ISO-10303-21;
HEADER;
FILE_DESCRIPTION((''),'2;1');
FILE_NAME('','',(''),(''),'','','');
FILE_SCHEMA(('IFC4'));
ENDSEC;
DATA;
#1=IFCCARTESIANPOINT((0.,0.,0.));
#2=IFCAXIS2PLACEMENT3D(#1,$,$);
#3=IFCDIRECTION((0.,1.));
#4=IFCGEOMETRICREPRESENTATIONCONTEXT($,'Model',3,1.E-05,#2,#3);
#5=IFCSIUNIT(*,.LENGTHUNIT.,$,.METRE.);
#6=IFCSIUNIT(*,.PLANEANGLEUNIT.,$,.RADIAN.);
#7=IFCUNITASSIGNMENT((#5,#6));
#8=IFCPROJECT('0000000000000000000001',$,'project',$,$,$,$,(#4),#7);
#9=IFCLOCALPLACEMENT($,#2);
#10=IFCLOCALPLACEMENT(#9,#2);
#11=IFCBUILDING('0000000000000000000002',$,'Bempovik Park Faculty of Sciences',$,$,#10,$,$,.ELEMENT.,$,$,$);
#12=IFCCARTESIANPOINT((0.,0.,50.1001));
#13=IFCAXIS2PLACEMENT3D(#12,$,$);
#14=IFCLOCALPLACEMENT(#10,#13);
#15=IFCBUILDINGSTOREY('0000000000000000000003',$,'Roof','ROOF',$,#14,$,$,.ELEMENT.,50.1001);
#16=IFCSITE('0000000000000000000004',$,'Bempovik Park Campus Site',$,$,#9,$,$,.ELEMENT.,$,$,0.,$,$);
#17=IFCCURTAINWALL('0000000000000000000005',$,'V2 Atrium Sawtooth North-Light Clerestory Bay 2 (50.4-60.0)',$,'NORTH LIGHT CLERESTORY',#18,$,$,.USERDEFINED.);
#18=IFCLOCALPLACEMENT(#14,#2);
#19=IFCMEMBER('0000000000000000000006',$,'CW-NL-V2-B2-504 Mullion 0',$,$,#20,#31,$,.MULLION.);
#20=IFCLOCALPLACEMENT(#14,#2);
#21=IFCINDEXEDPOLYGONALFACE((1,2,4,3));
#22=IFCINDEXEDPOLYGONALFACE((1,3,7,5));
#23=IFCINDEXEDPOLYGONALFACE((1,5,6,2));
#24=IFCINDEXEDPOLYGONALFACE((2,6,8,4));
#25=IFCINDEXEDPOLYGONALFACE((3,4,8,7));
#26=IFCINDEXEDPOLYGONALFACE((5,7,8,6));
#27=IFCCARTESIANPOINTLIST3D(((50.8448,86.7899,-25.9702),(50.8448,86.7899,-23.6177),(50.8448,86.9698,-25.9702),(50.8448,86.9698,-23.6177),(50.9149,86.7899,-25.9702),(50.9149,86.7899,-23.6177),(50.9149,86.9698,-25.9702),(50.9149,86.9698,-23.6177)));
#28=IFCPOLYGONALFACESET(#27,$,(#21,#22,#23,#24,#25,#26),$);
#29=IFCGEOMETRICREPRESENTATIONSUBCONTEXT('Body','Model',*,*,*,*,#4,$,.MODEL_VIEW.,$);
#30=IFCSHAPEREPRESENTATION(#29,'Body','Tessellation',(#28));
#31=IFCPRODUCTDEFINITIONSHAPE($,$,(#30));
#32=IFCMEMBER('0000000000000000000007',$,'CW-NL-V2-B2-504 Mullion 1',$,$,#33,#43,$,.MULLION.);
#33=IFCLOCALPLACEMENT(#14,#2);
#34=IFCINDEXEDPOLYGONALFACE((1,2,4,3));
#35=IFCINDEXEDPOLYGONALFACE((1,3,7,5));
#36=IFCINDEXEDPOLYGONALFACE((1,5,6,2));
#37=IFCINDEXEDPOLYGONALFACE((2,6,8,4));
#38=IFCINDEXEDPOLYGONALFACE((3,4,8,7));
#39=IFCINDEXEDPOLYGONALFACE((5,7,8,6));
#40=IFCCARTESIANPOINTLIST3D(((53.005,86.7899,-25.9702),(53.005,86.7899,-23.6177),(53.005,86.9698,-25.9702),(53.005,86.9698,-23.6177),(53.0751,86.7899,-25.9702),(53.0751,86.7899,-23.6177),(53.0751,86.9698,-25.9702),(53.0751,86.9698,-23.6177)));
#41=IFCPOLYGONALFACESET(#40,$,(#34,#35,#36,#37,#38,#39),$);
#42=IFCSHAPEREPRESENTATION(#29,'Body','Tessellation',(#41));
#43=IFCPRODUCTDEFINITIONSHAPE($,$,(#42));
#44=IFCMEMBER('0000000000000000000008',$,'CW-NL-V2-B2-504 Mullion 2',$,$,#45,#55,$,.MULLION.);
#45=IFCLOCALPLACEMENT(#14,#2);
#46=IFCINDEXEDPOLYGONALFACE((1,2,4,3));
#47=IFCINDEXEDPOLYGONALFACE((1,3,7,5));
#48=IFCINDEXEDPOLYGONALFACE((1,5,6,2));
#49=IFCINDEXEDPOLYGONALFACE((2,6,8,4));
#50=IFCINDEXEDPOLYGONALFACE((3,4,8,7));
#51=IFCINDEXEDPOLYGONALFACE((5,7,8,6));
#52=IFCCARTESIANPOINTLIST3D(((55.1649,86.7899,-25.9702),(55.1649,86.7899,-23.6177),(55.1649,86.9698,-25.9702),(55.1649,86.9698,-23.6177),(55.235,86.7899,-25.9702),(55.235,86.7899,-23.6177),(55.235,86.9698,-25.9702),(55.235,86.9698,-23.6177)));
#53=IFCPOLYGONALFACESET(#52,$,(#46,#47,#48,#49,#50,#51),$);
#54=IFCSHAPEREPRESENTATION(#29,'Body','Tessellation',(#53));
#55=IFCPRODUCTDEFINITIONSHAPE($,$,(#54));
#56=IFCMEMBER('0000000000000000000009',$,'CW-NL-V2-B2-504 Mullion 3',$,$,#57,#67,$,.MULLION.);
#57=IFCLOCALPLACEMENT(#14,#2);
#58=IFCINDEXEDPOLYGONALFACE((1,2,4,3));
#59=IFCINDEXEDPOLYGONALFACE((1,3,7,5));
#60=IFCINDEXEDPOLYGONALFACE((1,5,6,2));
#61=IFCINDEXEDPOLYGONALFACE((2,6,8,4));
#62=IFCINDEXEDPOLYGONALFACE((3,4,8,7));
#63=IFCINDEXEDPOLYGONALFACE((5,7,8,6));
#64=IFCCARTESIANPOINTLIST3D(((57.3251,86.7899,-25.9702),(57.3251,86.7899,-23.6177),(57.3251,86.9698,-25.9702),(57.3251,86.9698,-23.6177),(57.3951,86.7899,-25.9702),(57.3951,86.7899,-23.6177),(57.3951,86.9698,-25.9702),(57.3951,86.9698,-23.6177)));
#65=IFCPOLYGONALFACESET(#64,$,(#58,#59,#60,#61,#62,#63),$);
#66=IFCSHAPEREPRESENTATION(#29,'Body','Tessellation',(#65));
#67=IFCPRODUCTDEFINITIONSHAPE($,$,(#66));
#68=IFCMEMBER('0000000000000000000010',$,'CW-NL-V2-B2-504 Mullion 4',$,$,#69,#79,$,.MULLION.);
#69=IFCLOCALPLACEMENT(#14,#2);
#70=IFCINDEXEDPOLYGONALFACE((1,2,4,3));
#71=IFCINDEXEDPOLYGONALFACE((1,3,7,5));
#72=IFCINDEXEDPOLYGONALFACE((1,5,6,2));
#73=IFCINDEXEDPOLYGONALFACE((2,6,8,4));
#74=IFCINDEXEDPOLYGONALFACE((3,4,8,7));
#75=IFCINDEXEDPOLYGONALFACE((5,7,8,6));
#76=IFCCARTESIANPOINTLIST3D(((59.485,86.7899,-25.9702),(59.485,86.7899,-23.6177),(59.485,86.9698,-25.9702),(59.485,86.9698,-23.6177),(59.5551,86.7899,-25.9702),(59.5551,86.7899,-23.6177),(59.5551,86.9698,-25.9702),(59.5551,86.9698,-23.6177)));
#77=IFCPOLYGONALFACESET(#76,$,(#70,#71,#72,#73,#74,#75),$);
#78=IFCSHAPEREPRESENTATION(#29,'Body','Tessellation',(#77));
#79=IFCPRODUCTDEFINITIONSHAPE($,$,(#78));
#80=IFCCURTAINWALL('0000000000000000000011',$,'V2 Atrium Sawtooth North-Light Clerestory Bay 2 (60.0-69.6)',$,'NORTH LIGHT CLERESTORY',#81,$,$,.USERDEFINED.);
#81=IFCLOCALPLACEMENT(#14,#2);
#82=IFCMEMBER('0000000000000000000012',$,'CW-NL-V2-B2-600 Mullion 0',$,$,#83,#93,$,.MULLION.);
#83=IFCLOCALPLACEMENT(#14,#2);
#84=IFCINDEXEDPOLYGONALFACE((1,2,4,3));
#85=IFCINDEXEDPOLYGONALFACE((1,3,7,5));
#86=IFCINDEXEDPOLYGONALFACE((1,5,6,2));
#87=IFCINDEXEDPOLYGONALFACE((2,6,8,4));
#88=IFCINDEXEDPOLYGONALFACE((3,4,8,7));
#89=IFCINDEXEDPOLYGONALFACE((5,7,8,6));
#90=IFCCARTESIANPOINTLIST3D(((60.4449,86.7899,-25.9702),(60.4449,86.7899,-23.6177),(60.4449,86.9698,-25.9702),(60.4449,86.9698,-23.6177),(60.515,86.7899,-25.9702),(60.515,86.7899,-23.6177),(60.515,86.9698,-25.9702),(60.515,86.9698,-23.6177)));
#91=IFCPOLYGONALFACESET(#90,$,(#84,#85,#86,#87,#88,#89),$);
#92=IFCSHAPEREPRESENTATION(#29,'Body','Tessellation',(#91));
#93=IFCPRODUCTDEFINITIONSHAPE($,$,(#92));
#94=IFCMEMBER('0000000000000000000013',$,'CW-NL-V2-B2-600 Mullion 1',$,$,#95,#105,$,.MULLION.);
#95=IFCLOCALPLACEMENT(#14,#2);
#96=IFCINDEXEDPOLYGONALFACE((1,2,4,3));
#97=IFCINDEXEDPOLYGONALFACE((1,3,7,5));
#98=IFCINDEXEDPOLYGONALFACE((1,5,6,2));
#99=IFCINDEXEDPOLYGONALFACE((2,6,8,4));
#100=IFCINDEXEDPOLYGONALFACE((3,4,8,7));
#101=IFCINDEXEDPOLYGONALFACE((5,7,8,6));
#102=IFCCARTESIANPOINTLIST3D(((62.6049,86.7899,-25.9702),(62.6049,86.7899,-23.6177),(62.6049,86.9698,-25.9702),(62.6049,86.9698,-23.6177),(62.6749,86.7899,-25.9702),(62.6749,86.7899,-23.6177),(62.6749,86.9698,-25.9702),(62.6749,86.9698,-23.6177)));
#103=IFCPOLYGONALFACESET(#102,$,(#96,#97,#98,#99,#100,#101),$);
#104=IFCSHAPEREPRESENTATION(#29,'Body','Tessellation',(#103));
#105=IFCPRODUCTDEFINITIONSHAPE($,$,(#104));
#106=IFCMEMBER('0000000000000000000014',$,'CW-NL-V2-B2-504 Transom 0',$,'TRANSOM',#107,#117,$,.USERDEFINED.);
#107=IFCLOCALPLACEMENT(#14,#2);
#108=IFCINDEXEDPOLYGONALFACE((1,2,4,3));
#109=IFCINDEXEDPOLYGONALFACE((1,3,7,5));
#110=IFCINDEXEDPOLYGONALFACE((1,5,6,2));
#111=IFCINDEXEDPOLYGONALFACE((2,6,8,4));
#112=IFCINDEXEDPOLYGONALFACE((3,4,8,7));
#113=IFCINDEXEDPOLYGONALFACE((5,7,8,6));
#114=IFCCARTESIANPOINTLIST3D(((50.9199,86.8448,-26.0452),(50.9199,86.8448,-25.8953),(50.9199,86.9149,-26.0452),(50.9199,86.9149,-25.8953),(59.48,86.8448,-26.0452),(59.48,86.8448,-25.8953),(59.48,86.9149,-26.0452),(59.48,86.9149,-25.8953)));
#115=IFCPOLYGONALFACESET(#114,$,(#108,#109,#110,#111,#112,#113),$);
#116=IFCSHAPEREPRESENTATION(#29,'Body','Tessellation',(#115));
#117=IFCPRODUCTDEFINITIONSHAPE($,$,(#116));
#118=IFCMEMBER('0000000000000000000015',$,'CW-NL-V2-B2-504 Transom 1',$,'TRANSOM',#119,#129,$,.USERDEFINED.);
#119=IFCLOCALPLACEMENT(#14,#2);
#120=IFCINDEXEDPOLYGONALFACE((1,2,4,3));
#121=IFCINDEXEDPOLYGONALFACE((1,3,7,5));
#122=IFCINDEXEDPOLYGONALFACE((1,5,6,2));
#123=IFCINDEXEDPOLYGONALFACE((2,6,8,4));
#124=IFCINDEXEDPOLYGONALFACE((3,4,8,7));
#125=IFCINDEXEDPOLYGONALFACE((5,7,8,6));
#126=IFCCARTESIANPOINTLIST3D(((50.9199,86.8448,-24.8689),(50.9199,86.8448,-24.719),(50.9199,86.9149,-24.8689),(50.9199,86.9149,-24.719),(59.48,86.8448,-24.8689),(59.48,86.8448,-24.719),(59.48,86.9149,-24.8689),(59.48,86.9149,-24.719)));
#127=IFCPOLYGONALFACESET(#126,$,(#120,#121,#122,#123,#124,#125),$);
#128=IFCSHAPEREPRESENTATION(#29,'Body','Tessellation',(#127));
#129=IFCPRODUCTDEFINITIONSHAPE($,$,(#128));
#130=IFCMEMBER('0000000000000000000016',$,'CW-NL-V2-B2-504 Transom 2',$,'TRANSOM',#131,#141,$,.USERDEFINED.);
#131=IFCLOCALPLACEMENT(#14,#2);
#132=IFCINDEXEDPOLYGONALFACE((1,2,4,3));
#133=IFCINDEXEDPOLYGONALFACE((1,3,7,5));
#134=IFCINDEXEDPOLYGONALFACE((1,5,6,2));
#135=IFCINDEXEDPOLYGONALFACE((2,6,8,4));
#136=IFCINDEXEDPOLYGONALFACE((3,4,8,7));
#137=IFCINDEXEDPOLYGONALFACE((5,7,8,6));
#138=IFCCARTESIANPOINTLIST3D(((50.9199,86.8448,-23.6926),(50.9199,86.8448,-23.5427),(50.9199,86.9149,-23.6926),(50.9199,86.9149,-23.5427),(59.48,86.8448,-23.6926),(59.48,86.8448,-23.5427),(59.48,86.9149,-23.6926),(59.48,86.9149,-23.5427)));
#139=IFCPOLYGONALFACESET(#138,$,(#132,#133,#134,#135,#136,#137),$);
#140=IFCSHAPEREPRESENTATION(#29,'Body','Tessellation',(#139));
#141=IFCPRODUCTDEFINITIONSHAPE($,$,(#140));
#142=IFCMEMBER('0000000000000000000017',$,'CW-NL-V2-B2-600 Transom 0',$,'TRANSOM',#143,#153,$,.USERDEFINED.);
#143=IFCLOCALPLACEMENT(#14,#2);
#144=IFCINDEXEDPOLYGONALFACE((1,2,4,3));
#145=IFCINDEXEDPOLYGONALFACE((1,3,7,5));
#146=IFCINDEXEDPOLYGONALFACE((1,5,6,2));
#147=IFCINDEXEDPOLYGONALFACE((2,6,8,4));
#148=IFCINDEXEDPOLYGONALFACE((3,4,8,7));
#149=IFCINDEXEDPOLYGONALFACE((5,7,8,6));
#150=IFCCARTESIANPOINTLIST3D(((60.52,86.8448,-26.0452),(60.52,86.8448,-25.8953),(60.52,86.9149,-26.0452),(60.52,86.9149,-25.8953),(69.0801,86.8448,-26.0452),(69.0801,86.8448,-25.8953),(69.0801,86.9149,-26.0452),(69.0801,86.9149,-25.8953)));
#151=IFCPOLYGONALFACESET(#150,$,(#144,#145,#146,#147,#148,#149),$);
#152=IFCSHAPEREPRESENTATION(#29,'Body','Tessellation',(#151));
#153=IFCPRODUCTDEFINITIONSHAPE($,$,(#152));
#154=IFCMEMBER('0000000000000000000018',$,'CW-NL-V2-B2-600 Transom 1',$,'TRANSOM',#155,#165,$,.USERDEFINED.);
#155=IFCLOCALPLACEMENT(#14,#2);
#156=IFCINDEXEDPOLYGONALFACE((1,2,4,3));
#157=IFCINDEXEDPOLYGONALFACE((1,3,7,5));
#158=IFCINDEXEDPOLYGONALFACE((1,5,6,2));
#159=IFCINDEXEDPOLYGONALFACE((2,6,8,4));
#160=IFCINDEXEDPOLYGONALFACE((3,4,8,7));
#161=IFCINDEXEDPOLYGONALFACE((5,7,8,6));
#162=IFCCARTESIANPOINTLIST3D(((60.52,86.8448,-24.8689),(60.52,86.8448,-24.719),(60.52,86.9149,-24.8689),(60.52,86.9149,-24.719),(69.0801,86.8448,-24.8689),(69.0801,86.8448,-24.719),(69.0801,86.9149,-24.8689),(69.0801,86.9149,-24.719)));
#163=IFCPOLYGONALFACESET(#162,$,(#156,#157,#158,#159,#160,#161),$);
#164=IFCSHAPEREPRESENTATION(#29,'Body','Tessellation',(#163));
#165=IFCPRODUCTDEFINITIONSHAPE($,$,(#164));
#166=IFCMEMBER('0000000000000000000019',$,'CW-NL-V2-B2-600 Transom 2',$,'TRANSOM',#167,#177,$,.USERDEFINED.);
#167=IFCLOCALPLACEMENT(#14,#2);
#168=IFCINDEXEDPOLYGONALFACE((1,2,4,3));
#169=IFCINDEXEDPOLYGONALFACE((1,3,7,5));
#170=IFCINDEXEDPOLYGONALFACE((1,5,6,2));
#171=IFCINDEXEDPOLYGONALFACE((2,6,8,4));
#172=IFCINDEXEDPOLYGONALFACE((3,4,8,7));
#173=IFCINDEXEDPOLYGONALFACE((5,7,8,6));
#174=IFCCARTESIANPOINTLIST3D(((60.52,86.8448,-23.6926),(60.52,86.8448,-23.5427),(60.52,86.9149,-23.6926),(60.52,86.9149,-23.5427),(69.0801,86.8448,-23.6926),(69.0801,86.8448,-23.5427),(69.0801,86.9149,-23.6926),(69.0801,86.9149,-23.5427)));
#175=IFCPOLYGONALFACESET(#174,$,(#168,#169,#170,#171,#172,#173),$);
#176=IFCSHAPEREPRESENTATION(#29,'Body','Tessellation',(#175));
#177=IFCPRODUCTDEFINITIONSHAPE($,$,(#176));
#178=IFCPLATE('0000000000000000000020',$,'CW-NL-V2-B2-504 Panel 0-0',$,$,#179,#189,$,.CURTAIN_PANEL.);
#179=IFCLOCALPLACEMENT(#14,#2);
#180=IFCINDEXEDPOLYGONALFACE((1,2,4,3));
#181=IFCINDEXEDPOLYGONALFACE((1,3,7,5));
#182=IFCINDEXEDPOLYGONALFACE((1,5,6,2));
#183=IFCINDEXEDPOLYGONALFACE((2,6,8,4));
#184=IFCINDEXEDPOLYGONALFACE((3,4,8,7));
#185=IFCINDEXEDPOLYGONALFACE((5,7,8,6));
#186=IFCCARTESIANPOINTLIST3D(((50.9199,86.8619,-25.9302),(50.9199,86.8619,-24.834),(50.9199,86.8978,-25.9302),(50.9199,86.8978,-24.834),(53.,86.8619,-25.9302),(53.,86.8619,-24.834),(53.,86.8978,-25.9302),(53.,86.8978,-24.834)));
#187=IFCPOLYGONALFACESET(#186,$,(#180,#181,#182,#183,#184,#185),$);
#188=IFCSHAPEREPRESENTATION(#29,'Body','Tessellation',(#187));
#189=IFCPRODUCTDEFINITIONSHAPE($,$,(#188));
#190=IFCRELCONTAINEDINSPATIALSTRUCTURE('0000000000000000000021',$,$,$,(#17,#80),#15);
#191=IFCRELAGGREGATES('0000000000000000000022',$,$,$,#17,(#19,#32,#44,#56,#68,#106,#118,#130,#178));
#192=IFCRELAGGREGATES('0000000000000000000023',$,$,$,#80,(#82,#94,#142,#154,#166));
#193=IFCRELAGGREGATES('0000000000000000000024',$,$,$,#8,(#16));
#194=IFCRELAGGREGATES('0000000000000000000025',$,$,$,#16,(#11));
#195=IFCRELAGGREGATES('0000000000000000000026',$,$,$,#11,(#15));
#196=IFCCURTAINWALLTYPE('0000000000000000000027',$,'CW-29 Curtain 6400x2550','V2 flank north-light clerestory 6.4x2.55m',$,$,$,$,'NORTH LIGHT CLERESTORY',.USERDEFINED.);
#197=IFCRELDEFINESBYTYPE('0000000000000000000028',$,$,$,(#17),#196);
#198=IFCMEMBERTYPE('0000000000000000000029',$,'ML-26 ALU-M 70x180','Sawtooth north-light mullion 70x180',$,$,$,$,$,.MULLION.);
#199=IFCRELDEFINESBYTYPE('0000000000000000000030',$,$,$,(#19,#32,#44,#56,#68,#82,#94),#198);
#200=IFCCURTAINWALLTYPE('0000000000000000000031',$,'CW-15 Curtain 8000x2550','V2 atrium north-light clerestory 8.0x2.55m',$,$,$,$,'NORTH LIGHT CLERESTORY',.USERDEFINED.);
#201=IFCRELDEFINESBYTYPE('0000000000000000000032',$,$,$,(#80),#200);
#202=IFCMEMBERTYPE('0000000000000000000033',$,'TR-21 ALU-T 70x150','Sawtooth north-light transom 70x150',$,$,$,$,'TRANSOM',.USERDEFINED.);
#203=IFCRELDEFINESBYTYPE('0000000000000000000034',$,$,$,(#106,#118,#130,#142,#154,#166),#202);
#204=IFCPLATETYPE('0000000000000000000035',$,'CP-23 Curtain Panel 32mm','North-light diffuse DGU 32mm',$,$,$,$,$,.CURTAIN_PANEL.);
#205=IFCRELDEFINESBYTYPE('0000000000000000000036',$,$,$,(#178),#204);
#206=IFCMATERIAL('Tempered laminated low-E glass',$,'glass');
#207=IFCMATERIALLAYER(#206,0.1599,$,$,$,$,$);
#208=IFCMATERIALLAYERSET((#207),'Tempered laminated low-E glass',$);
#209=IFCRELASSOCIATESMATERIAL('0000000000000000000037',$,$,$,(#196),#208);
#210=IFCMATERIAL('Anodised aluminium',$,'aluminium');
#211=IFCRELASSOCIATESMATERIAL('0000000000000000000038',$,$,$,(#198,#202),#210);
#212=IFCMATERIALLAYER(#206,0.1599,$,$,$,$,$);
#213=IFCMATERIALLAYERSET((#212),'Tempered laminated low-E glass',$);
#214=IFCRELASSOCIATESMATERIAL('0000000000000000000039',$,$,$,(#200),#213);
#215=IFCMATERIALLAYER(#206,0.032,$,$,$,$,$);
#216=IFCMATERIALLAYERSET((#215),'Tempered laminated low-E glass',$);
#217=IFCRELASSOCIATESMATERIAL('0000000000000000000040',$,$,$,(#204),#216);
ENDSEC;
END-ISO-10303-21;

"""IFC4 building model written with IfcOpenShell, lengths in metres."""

from ifc_helpers import new_model, si_unit, direction, frame, origin, origin_2d, place, context, subcontext, project, spatial, rectangle, extrude, material, layer, layer_set, material_profile, profile_set, type_object, element, aggregate, save


model = new_model("IFC4")

# Units and contexts
model_context = context("Model", 3, precision=1e-05, world=origin(), true_north=direction((0.0, 1.0)))
body_context = subcontext(model_context, "Body", "Model", "MODEL_VIEW")
ifc_project = project(units=[si_unit("LENGTHUNIT", "METRE"), si_unit("PLANEANGLEUNIT", "RADIAN")], contexts=[model_context])

# Site, building, storey
site_placement = place(None, origin())
site = spatial("IfcSite", under=ifc_project, at=site_placement, Name="Bempovik Park Campus Site", CompositionType="ELEMENT", RefElevation=0.0)
building_placement = place(site_placement, origin())
building = spatial("IfcBuilding", under=site, at=building_placement, Name="Bempovik Park Faculty of Sciences", CompositionType="ELEMENT")
storey_placement = place(building_placement, frame((0.0, 0.0, 50.1001)))
storey = spatial("IfcBuildingStorey", under=building, at=storey_placement, Name="Roof", Description="ROOF", CompositionType="ELEMENT", Elevation=50.1001)

# Curtain walls, members
ifc_material_1 = material(Name="Tempered laminated low-E glass", Category="glass")
ifc_layer_1 = layer(ifc_material_1, 0.1599)
ifc_layer_set_1 = layer_set([ifc_layer_1], Name="Tempered laminated low-E glass")
curtain_wall_type_1 = type_object("IfcCurtainWallType", Name="CW-29 Curtain 6400x2550", Description="V2 flank north-light clerestory 6.4x2.55m", ElementType="NORTH LIGHT CLERESTORY", PredefinedType="USERDEFINED", material=ifc_layer_set_1)
curtain_wall_1_placement = place(storey_placement, origin())
curtain_wall_1 = element("IfcCurtainWall", 1, at=curtain_wall_1_placement, inside=storey, type_object=curtain_wall_type_1, Name="V2 Atrium Sawtooth North-Light Clerestory Bay 2 (50.4-60.0)", ObjectType="NORTH LIGHT CLERESTORY", PredefinedType="USERDEFINED")
ifc_material_2 = material(Name="Anodised aluminium", Category="aluminium")
ifc_material_profile_1 = material_profile(ifc_material_2, rectangle(XDim=0.0701, YDim=0.1799, at=origin_2d()), Name="ALU-M 70x180")
ifc_profile_set_1 = profile_set([ifc_material_profile_1], Name="Anodised aluminium")
member_type_1 = type_object("IfcMemberType", Name="ML-26 ALU-M 70x180", Description="Sawtooth north-light mullion 70x180", PredefinedType="MULLION", material=ifc_profile_set_1)
member_1_placement = place(storey_placement, frame((50.8799, 86.8799, -25.9702), z_axis=(0.0, 0.0, 1.0), x_axis=(1.0, 0.0, 0.0)))
member_1 = element("IfcMember", 2, at=member_1_placement, type_object=member_type_1, Name="CW-NL-V2-B2-504 Mullion 0", PredefinedType="MULLION", context=body_context, shape_type="SweptSolid", body=[
    extrude(rectangle(XDim=0.0701, YDim=0.1799, at=origin_2d()), origin(), (0.0, 0.0, 1.0), 2.3525),
])
member_2_placement = place(storey_placement, frame((53.04, 86.8799, -25.9702), z_axis=(0.0, 0.0, 1.0), x_axis=(1.0, 0.0, 0.0)))
member_2 = element("IfcMember", 3, at=member_2_placement, type_object=member_type_1, Name="CW-NL-V2-B2-504 Mullion 1", PredefinedType="MULLION", context=body_context, shape_type="SweptSolid", body=[
    extrude(rectangle(XDim=0.0701, YDim=0.1799, at=origin_2d()), origin(), (0.0, 0.0, 1.0), 2.3525),
])
member_3_placement = place(storey_placement, frame((55.2, 86.8799, -25.9702), z_axis=(0.0, 0.0, 1.0), x_axis=(1.0, 0.0, 0.0)))
member_3 = element("IfcMember", 4, at=member_3_placement, type_object=member_type_1, Name="CW-NL-V2-B2-504 Mullion 2", PredefinedType="MULLION", context=body_context, shape_type="SweptSolid", body=[
    extrude(rectangle(XDim=0.0701, YDim=0.1799, at=origin_2d()), origin(), (0.0, 0.0, 1.0), 2.3525),
])
member_4_placement = place(storey_placement, frame((57.3601, 86.8799, -25.9702), z_axis=(0.0, 0.0, 1.0), x_axis=(1.0, 0.0, 0.0)))
member_4 = element("IfcMember", 5, at=member_4_placement, type_object=member_type_1, Name="CW-NL-V2-B2-504 Mullion 3", PredefinedType="MULLION", context=body_context, shape_type="SweptSolid", body=[
    extrude(rectangle(XDim=0.0701, YDim=0.1799, at=origin_2d()), origin(), (0.0, 0.0, 1.0), 2.3525),
])
member_5_placement = place(storey_placement, frame((59.52, 86.8799, -25.9702), z_axis=(0.0, 0.0, 1.0), x_axis=(1.0, 0.0, 0.0)))
member_5 = element("IfcMember", 6, at=member_5_placement, type_object=member_type_1, Name="CW-NL-V2-B2-504 Mullion 4", PredefinedType="MULLION", context=body_context, shape_type="SweptSolid", body=[
    extrude(rectangle(XDim=0.0701, YDim=0.1799, at=origin_2d()), origin(), (0.0, 0.0, 1.0), 2.3525),
])
ifc_layer_2 = layer(ifc_material_1, 0.1599)
ifc_layer_set_2 = layer_set([ifc_layer_2], Name="Tempered laminated low-E glass")
curtain_wall_type_2 = type_object("IfcCurtainWallType", Name="CW-15 Curtain 8000x2550", Description="V2 atrium north-light clerestory 8.0x2.55m", ElementType="NORTH LIGHT CLERESTORY", PredefinedType="USERDEFINED", material=ifc_layer_set_2)
curtain_wall_2_placement = place(storey_placement, origin())
curtain_wall_2 = element("IfcCurtainWall", 7, at=curtain_wall_2_placement, inside=storey, type_object=curtain_wall_type_2, Name="V2 Atrium Sawtooth North-Light Clerestory Bay 2 (60.0-69.6)", ObjectType="NORTH LIGHT CLERESTORY", PredefinedType="USERDEFINED")
member_6_placement = place(storey_placement, frame((60.48, 86.8799, -25.9702), z_axis=(0.0, 0.0, 1.0), x_axis=(1.0, 0.0, 0.0)))
member_6 = element("IfcMember", 8, at=member_6_placement, type_object=member_type_1, Name="CW-NL-V2-B2-600 Mullion 0", PredefinedType="MULLION", context=body_context, shape_type="SweptSolid", body=[
    extrude(rectangle(XDim=0.0701, YDim=0.1799, at=origin_2d()), origin(), (0.0, 0.0, 1.0), 2.3525),
])
member_7_placement = place(storey_placement, frame((62.6399, 86.8799, -25.9702), z_axis=(0.0, 0.0, 1.0), x_axis=(1.0, 0.0, 0.0)))
member_7 = element("IfcMember", 9, at=member_7_placement, type_object=member_type_1, Name="CW-NL-V2-B2-600 Mullion 1", PredefinedType="MULLION", context=body_context, shape_type="SweptSolid", body=[
    extrude(rectangle(XDim=0.0701, YDim=0.1799, at=origin_2d()), origin(), (0.0, 0.0, 1.0), 2.3525),
])

# Members
ifc_material_profile_2 = material_profile(ifc_material_2, rectangle(XDim=0.0701, YDim=0.1499, at=origin_2d()), Name="ALU-T 70x150")
ifc_profile_set_2 = profile_set([ifc_material_profile_2], Name="Anodised aluminium")
member_type_2 = type_object("IfcMemberType", Name="TR-21 ALU-T 70x150", Description="Sawtooth north-light transom 70x150", ElementType="TRANSOM", PredefinedType="USERDEFINED", material=ifc_profile_set_2)
member_8_placement = place(storey_placement, frame((50.9199, 86.8799, -25.9702), z_axis=(1.0, 0.0, 0.0), x_axis=(0.0, 1.0, 0.0)))
member_8 = element("IfcMember", 10, at=member_8_placement, type_object=member_type_2, Name="CW-NL-V2-B2-504 Transom 0", ObjectType="TRANSOM", PredefinedType="USERDEFINED", context=body_context, shape_type="SweptSolid", body=[
    extrude(rectangle(XDim=0.0701, YDim=0.1499, at=origin_2d()), origin(), (0.0, 0.0, 1.0), 8.5601),
])
member_9_placement = place(storey_placement, frame((50.9199, 86.8799, -24.7939), z_axis=(1.0, 0.0, 0.0), x_axis=(0.0, 1.0, 0.0)))
member_9 = element("IfcMember", 11, at=member_9_placement, type_object=member_type_2, Name="CW-NL-V2-B2-504 Transom 1", ObjectType="TRANSOM", PredefinedType="USERDEFINED", context=body_context, shape_type="SweptSolid", body=[
    extrude(rectangle(XDim=0.0701, YDim=0.1499, at=origin_2d()), origin(), (0.0, 0.0, 1.0), 8.5601),
])
member_10_placement = place(storey_placement, frame((50.9199, 86.8799, -23.6177), z_axis=(1.0, 0.0, 0.0), x_axis=(0.0, 1.0, 0.0)))
member_10 = element("IfcMember", 12, at=member_10_placement, type_object=member_type_2, Name="CW-NL-V2-B2-504 Transom 2", ObjectType="TRANSOM", PredefinedType="USERDEFINED", context=body_context, shape_type="SweptSolid", body=[
    extrude(rectangle(XDim=0.0701, YDim=0.1499, at=origin_2d()), origin(), (0.0, 0.0, 1.0), 8.5601),
])
member_11_placement = place(storey_placement, frame((60.52, 86.8799, -25.9702), z_axis=(1.0, 0.0, 0.0), x_axis=(0.0, 1.0, 0.0)))
member_11 = element("IfcMember", 13, at=member_11_placement, type_object=member_type_2, Name="CW-NL-V2-B2-600 Transom 0", ObjectType="TRANSOM", PredefinedType="USERDEFINED", context=body_context, shape_type="SweptSolid", body=[
    extrude(rectangle(XDim=0.0701, YDim=0.1499, at=origin_2d()), origin(), (0.0, 0.0, 1.0), 8.5601),
])
member_12_placement = place(storey_placement, frame((60.52, 86.8799, -24.7939), z_axis=(1.0, 0.0, 0.0), x_axis=(0.0, 1.0, 0.0)))
member_12 = element("IfcMember", 14, at=member_12_placement, type_object=member_type_2, Name="CW-NL-V2-B2-600 Transom 1", ObjectType="TRANSOM", PredefinedType="USERDEFINED", context=body_context, shape_type="SweptSolid", body=[
    extrude(rectangle(XDim=0.0701, YDim=0.1499, at=origin_2d()), origin(), (0.0, 0.0, 1.0), 8.5601),
])
member_13_placement = place(storey_placement, frame((60.52, 86.8799, -23.6177), z_axis=(1.0, 0.0, 0.0), x_axis=(0.0, 1.0, 0.0)))
member_13 = element("IfcMember", 15, at=member_13_placement, type_object=member_type_2, Name="CW-NL-V2-B2-600 Transom 2", ObjectType="TRANSOM", PredefinedType="USERDEFINED", context=body_context, shape_type="SweptSolid", body=[
    extrude(rectangle(XDim=0.0701, YDim=0.1499, at=origin_2d()), origin(), (0.0, 0.0, 1.0), 8.5601),
])

# Plate
ifc_layer_3 = layer(ifc_material_1, 0.032)
ifc_layer_set_3 = layer_set([ifc_layer_3], Name="Tempered laminated low-E glass")
plate_type = type_object("IfcPlateType", Name="CP-23 Curtain Panel 32mm", Description="North-light diffuse DGU 32mm", PredefinedType="CURTAIN_PANEL", material=ifc_layer_set_3)
plate_1_placement = place(storey_placement, frame((51.96, 86.8799, -25.9302), z_axis=(0.0, 0.0, 1.0), x_axis=(1.0, 0.0, 0.0)))
plate_1 = element("IfcPlate", 16, at=plate_1_placement, type_object=plate_type, Name="CW-NL-V2-B2-504 Panel 0-0", PredefinedType="CURTAIN_PANEL", context=body_context, shape_type="SweptSolid", body=[
    extrude(rectangle(XDim=2.0801, YDim=0.0359, at=origin_2d()), origin(), (0.0, 0.0, 1.0), 1.0962),
])
aggregate(curtain_wall_1, [member_1, member_2, member_3, member_4, member_5, member_8, member_9, member_10, plate_1])
aggregate(curtain_wall_2, [member_6, member_7, member_11, member_12, member_13])

save(model, "model.ifc")
